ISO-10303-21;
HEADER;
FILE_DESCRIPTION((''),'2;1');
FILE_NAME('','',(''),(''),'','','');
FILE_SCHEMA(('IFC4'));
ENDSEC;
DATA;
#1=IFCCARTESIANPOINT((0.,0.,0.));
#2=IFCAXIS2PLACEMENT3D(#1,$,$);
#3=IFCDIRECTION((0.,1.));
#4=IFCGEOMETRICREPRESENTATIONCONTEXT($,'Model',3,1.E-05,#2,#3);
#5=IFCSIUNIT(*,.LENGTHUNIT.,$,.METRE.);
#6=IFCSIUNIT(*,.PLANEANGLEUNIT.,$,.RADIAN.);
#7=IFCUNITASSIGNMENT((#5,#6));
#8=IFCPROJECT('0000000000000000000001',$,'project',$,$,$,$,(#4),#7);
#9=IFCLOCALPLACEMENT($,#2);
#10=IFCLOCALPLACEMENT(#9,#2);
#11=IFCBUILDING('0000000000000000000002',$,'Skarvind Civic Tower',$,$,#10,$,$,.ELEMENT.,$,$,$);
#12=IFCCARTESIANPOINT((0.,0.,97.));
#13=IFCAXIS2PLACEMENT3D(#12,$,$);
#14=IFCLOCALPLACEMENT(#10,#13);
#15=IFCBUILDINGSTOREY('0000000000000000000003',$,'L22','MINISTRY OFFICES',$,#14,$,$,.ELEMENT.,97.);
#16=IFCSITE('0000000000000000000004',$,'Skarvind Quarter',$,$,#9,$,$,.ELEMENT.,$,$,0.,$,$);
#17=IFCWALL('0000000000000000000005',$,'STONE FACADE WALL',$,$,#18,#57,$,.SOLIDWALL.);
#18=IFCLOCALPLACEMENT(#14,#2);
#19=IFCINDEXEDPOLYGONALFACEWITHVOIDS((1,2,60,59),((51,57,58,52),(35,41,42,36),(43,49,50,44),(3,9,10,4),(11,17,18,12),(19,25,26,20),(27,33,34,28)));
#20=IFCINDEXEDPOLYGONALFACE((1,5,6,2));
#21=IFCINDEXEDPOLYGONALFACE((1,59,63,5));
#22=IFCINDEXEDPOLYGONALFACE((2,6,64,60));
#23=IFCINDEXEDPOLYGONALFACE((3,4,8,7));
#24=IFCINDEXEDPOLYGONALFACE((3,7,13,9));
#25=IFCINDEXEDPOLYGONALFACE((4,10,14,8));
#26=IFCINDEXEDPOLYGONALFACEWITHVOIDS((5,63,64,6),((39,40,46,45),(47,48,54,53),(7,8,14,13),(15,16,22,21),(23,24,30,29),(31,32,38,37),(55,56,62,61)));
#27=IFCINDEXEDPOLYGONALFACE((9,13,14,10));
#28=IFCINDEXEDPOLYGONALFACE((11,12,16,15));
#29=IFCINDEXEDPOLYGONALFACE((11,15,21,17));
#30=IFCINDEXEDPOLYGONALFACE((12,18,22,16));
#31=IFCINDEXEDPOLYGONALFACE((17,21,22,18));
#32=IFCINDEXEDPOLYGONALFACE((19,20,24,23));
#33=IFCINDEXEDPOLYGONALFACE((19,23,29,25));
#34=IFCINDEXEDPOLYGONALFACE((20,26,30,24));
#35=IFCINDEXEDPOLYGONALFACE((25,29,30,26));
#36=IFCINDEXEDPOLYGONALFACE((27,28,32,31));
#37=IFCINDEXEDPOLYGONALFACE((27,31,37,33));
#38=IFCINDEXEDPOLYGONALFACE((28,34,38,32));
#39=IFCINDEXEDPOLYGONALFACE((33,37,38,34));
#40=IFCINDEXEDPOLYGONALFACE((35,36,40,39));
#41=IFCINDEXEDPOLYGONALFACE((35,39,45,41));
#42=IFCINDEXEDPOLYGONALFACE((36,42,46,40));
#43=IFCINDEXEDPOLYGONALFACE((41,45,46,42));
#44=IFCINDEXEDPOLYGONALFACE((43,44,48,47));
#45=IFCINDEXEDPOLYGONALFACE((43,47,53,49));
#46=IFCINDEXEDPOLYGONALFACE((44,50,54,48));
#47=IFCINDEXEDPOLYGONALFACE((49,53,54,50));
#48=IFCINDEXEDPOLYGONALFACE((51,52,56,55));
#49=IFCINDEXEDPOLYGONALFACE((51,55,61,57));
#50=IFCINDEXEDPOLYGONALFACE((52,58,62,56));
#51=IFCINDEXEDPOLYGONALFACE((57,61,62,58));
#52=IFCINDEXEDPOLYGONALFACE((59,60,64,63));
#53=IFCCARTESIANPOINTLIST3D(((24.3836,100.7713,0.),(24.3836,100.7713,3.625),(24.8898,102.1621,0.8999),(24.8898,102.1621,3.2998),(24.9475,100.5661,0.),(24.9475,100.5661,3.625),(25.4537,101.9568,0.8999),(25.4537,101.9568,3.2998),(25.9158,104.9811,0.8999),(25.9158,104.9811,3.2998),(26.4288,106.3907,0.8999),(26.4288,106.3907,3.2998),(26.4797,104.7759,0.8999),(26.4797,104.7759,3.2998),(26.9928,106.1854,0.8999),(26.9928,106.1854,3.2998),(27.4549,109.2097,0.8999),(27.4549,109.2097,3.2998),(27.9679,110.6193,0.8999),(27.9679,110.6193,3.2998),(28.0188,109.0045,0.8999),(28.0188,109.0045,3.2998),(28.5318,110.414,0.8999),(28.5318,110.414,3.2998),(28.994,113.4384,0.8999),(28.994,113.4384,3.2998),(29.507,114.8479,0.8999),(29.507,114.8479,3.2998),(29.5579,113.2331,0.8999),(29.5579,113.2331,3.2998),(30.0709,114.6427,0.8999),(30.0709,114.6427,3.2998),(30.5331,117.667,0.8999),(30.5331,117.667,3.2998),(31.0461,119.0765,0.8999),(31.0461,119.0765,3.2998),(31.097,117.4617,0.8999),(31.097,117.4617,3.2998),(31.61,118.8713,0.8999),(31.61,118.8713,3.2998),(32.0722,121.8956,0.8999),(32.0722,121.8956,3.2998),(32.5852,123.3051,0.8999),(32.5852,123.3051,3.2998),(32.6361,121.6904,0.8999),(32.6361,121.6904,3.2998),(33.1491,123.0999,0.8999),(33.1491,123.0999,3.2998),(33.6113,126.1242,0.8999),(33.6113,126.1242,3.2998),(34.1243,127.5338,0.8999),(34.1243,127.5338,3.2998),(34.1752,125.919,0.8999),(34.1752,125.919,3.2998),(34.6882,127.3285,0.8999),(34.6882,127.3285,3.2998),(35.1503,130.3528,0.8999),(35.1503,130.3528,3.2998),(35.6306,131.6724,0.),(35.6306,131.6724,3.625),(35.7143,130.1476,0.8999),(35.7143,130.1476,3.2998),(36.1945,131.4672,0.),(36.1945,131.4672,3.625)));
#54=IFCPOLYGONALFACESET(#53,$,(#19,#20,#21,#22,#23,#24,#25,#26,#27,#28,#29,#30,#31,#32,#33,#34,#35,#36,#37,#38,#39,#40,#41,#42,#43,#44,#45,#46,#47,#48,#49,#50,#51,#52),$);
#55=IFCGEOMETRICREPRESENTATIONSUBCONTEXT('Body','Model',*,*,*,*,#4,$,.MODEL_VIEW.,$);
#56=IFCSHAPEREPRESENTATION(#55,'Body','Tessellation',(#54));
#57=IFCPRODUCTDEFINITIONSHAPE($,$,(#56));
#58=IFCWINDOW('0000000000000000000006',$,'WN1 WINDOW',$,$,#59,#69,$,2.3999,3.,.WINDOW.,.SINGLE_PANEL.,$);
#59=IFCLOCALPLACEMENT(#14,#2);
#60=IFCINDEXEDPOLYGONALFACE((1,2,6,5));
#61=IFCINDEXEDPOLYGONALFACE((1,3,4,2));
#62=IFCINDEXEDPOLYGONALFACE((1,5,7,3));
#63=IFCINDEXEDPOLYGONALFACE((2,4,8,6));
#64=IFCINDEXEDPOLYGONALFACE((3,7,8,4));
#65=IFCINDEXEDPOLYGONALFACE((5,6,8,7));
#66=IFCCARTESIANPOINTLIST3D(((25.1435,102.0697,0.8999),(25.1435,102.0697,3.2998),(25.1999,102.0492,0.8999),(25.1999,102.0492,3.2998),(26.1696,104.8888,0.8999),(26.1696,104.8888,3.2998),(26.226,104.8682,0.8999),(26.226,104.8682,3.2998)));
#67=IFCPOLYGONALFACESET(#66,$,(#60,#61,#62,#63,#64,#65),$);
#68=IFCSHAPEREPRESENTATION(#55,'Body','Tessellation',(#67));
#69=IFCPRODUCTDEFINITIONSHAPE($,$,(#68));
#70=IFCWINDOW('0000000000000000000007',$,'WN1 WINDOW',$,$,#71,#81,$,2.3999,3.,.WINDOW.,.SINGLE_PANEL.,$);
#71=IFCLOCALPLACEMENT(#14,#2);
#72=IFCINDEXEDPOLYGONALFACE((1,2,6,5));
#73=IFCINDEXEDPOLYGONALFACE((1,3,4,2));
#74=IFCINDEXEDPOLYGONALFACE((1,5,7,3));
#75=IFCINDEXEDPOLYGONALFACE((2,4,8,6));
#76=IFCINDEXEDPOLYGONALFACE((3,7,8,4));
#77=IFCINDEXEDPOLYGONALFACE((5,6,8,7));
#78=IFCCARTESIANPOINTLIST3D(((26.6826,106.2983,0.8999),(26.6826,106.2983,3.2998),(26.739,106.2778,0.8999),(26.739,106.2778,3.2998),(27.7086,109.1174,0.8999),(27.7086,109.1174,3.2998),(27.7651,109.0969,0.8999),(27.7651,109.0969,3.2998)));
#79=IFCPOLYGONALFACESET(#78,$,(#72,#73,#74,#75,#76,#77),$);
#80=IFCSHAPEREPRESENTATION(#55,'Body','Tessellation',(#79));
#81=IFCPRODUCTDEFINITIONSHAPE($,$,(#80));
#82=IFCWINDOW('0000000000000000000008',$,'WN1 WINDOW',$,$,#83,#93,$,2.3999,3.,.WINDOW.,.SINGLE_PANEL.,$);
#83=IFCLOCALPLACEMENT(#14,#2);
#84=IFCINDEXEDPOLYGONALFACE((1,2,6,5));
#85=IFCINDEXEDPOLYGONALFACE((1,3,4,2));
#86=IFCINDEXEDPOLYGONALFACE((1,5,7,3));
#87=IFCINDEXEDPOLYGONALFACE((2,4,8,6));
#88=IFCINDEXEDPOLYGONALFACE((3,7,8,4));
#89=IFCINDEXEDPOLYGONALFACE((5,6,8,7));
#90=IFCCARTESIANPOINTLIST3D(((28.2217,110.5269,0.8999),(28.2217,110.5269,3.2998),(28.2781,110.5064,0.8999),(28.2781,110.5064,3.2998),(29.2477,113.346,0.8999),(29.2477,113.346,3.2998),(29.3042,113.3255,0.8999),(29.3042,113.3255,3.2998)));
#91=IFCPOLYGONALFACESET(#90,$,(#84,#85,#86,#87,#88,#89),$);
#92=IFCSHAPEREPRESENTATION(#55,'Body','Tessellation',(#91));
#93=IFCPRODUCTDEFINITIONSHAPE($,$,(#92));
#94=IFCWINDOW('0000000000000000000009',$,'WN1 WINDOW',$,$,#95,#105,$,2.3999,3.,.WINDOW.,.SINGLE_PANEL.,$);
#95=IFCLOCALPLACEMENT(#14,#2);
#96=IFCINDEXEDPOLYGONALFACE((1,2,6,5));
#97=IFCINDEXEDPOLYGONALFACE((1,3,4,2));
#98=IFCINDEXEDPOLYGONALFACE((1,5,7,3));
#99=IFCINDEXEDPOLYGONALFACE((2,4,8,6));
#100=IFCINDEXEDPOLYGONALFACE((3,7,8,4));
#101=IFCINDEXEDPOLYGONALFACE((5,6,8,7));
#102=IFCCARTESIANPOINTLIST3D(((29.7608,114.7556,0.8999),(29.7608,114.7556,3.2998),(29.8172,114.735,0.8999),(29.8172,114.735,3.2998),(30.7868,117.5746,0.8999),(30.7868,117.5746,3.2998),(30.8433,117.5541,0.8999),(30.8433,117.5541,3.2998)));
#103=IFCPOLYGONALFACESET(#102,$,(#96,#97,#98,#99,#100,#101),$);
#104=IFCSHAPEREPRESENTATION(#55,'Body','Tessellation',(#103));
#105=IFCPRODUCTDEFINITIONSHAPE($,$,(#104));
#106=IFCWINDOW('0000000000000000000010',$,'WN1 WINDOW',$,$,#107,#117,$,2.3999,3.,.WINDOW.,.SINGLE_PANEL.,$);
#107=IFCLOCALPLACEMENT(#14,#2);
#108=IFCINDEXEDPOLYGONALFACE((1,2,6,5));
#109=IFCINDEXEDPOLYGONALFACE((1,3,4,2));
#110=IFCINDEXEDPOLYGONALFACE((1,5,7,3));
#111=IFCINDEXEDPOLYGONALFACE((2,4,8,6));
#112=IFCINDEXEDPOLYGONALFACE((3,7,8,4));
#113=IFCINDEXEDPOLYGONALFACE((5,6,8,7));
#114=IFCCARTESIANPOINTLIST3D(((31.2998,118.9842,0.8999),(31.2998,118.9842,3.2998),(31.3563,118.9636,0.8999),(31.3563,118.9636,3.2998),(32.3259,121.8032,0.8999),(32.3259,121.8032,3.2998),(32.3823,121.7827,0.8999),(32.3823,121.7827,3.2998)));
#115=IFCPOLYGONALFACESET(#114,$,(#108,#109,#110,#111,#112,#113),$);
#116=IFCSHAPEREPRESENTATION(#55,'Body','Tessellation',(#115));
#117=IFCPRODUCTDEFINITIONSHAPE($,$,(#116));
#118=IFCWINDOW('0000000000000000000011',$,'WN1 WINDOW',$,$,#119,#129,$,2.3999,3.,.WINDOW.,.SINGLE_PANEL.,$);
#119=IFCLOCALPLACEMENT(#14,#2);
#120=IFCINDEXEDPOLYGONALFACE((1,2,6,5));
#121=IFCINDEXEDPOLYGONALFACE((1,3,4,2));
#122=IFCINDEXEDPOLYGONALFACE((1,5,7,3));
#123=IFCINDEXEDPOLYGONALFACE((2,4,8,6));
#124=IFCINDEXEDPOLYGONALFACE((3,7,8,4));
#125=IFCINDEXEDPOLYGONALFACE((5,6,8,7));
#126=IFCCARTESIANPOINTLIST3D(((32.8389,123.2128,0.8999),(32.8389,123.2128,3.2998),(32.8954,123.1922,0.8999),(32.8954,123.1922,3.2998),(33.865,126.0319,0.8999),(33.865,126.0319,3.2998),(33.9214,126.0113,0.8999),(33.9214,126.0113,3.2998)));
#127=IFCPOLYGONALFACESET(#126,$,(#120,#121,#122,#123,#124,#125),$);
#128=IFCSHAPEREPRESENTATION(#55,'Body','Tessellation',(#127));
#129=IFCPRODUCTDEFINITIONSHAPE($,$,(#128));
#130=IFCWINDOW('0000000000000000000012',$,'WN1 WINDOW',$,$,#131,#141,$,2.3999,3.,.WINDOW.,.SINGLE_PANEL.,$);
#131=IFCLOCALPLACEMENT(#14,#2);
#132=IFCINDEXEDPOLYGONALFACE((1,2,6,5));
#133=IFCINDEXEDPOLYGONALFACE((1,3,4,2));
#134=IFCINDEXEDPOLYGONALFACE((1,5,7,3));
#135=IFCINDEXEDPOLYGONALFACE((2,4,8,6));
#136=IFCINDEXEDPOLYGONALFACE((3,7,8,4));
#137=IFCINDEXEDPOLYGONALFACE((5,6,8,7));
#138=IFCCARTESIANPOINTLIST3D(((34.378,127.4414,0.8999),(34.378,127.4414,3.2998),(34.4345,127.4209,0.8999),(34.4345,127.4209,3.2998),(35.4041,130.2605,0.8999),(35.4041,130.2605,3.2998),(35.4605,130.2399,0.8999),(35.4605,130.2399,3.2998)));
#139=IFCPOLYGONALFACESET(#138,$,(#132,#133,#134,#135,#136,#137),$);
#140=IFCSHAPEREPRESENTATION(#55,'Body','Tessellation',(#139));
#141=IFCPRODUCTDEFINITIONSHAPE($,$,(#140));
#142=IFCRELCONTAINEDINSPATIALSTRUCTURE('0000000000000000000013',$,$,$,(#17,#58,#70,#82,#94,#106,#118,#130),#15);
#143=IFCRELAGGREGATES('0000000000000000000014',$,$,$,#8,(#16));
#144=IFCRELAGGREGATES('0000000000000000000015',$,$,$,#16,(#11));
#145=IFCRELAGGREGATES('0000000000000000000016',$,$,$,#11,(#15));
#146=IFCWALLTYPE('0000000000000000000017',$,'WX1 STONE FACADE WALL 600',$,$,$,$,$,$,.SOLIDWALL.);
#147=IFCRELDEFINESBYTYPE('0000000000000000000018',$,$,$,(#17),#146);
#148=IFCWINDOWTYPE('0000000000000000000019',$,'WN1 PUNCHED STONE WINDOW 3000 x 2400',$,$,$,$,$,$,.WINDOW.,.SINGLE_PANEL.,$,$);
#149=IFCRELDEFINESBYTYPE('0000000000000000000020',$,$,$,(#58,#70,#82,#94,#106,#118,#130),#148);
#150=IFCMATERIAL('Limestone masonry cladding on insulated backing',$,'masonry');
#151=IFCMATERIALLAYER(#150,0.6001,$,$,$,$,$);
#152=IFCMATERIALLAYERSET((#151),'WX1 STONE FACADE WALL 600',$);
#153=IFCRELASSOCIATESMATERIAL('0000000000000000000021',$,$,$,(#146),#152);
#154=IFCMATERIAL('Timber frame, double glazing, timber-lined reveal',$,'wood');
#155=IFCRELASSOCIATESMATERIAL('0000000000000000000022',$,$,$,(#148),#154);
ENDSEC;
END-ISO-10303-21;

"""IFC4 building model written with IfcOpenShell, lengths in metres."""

from ifc_helpers import new_model, si_unit, direction, frame, frame_2d, origin, place, context, subcontext, project, spatial, rectangle, extrude, material, layer, layer_set, type_object, element, fill, save


model = new_model("IFC4")

# Units and contexts
model_context = context("Model", 3, precision=1e-05, world=origin(), true_north=direction((0.0, 1.0)))
body_context = subcontext(model_context, "Body", "Model", "MODEL_VIEW")
ifc_project = project(units=[si_unit("LENGTHUNIT", "METRE"), si_unit("PLANEANGLEUNIT", "RADIAN")], contexts=[model_context])

# Site, building, storey
site_placement = place(None, origin())
site = spatial("IfcSite", under=ifc_project, at=site_placement, Name="Skarvind Quarter", CompositionType="ELEMENT", RefElevation=0.0)
building_placement = place(site_placement, origin())
building = spatial("IfcBuilding", under=site, at=building_placement, Name="Skarvind Civic Tower", CompositionType="ELEMENT")
storey_placement = place(building_placement, frame((0.0, 0.0, 97.0)))
storey = spatial("IfcBuildingStorey", under=building, at=storey_placement, Name="L22", Description="MINISTRY OFFICES", CompositionType="ELEMENT", Elevation=97.0)

# Wall, openings, windows
ifc_material_1 = material(Name="Limestone masonry cladding on insulated backing", Category="masonry")
ifc_layer_1 = layer(ifc_material_1, 0.6001)
ifc_layer_set_1 = layer_set([ifc_layer_1], Name="WX1 STONE FACADE WALL 600")
wall_type_1 = type_object("IfcWallType", Name="WX1 STONE FACADE WALL 600", PredefinedType="SOLIDWALL", material=ifc_layer_set_1)
wall_1_placement = place(storey_placement, frame((24.6655, 100.6687, 0.0), z_axis=(0.0, 0.0, 1.0), x_axis=(0.34202, 0.939693, 0.0)))
wall_1 = element("IfcWall", 1, at=wall_1_placement, inside=storey, type_object=wall_type_1, Name="STONE FACADE WALL", PredefinedType="SOLIDWALL", context=body_context, shape_type="SweptSolid", body=[
    extrude(rectangle(XDim=32.8843, YDim=0.6001, at=frame_2d((16.4421, 0.0))), origin(), (0.0, 0.0, 1.0), 3.625),
])
opening_1_placement = place(wall_1_placement, frame((1.48, 0.0, 0.8999)))
opening_1 = element("IfcOpeningElement", 2, at=opening_1_placement, cuts=wall_1, PredefinedType="OPENING", context=body_context, shape_type="SweptSolid", body=[
    extrude(rectangle(XDim=3.0, YDim=2.3999, at=frame_2d((1.5, 1.2))), frame((0.0, 0.3101, 0.0), z_axis=(0.0, -1.0, 0.0), x_axis=(1.0, 0.0, 0.0)), (0.0, 0.0, 1.0), 0.6201),
])
opening_2_placement = place(wall_1_placement, frame((5.98, 0.0, 0.8999)))
opening_2 = element("IfcOpeningElement", 3, at=opening_2_placement, cuts=wall_1, PredefinedType="OPENING", context=body_context, shape_type="SweptSolid", body=[
    extrude(rectangle(XDim=3.0, YDim=2.3999, at=frame_2d((1.5, 1.2))), frame((0.0, 0.3101, 0.0), z_axis=(0.0, -1.0, 0.0), x_axis=(1.0, 0.0, 0.0)), (0.0, 0.0, 1.0), 0.6201),
])
opening_3_placement = place(wall_1_placement, frame((10.48, 0.0, 0.8999)))
opening_3 = element("IfcOpeningElement", 4, at=opening_3_placement, cuts=wall_1, PredefinedType="OPENING", context=body_context, shape_type="SweptSolid", body=[
    extrude(rectangle(XDim=3.0, YDim=2.3999, at=frame_2d((1.5, 1.2))), frame((0.0, 0.3101, 0.0), z_axis=(0.0, -1.0, 0.0), x_axis=(1.0, 0.0, 0.0)), (0.0, 0.0, 1.0), 0.6201),
])
opening_4_placement = place(wall_1_placement, frame((14.98, 0.0, 0.8999)))
opening_4 = element("IfcOpeningElement", 5, at=opening_4_placement, cuts=wall_1, PredefinedType="OPENING", context=body_context, shape_type="SweptSolid", body=[
    extrude(rectangle(XDim=3.0, YDim=2.3999, at=frame_2d((1.5, 1.2))), frame((0.0, 0.3101, 0.0), z_axis=(0.0, -1.0, 0.0), x_axis=(1.0, 0.0, 0.0)), (0.0, 0.0, 1.0), 0.6201),
])
opening_5_placement = place(wall_1_placement, frame((19.48, 0.0, 0.8999)))
opening_5 = element("IfcOpeningElement", 6, at=opening_5_placement, cuts=wall_1, PredefinedType="OPENING", context=body_context, shape_type="SweptSolid", body=[
    extrude(rectangle(XDim=3.0, YDim=2.3999, at=frame_2d((1.5, 1.2))), frame((0.0, 0.3101, 0.0), z_axis=(0.0, -1.0, 0.0), x_axis=(1.0, 0.0, 0.0)), (0.0, 0.0, 1.0), 0.6201),
])
opening_6_placement = place(wall_1_placement, frame((23.98, 0.0, 0.8999)))
opening_6 = element("IfcOpeningElement", 7, at=opening_6_placement, cuts=wall_1, PredefinedType="OPENING", context=body_context, shape_type="SweptSolid", body=[
    extrude(rectangle(XDim=3.0, YDim=2.3999, at=frame_2d((1.5, 1.2))), frame((0.0, 0.3101, 0.0), z_axis=(0.0, -1.0, 0.0), x_axis=(1.0, 0.0, 0.0)), (0.0, 0.0, 1.0), 0.6201),
])
opening_7_placement = place(wall_1_placement, frame((28.48, 0.0, 0.8999)))
opening_7 = element("IfcOpeningElement", 8, at=opening_7_placement, cuts=wall_1, PredefinedType="OPENING", context=body_context, shape_type="SweptSolid", body=[
    extrude(rectangle(XDim=3.0, YDim=2.3999, at=frame_2d((1.5, 1.2))), frame((0.0, 0.3101, 0.0), z_axis=(0.0, -1.0, 0.0), x_axis=(1.0, 0.0, 0.0)), (0.0, 0.0, 1.0), 0.6201),
])
ifc_material_2 = material(Name="Timber frame, double glazing, timber-lined reveal", Category="wood")
window_type = type_object("IfcWindowType", Name="WN1 PUNCHED STONE WINDOW 3000 x 2400", PartitioningType="SINGLE_PANEL", PredefinedType="WINDOW", material=ifc_material_2)
window_1_placement = place(opening_1_placement, origin())
window_1 = element("IfcWindow", 9, at=window_1_placement, inside=storey, type_object=window_type, Name="WN1 WINDOW", OverallHeight=2.3999, OverallWidth=3.0, PartitioningType="SINGLE_PANEL", PredefinedType="WINDOW", context=body_context, shape_type="SweptSolid", body=[
    extrude(rectangle(XDim=3.0, YDim=2.3999, at=frame_2d((1.5, 1.2))), frame((0.0, 0.03, 0.0), z_axis=(0.0, -1.0, 0.0), x_axis=(1.0, 0.0, 0.0)), (0.0, 0.0, 1.0), 0.0601),
])
fill(opening_1, window_1)
window_2_placement = place(opening_2_placement, origin())
window_2 = element("IfcWindow", 10, at=window_2_placement, inside=storey, type_object=window_type, Name="WN1 WINDOW", OverallHeight=2.3999, OverallWidth=3.0, PartitioningType="SINGLE_PANEL", PredefinedType="WINDOW", context=body_context, shape_type="SweptSolid", body=[
    extrude(rectangle(XDim=3.0, YDim=2.3999, at=frame_2d((1.5, 1.2))), frame((0.0, 0.03, 0.0), z_axis=(0.0, -1.0, 0.0), x_axis=(1.0, 0.0, 0.0)), (0.0, 0.0, 1.0), 0.0601),
])
fill(opening_2, window_2)
window_3_placement = place(opening_3_placement, origin())
window_3 = element("IfcWindow", 11, at=window_3_placement, inside=storey, type_object=window_type, Name="WN1 WINDOW", OverallHeight=2.3999, OverallWidth=3.0, PartitioningType="SINGLE_PANEL", PredefinedType="WINDOW", context=body_context, shape_type="SweptSolid", body=[
    extrude(rectangle(XDim=3.0, YDim=2.3999, at=frame_2d((1.5, 1.2))), frame((0.0, 0.03, 0.0), z_axis=(0.0, -1.0, 0.0), x_axis=(1.0, 0.0, 0.0)), (0.0, 0.0, 1.0), 0.0601),
])
fill(opening_3, window_3)
window_4_placement = place(opening_4_placement, origin())
window_4 = element("IfcWindow", 12, at=window_4_placement, inside=storey, type_object=window_type, Name="WN1 WINDOW", OverallHeight=2.3999, OverallWidth=3.0, PartitioningType="SINGLE_PANEL", PredefinedType="WINDOW", context=body_context, shape_type="SweptSolid", body=[
    extrude(rectangle(XDim=3.0, YDim=2.3999, at=frame_2d((1.5, 1.2))), frame((0.0, 0.03, 0.0), z_axis=(0.0, -1.0, 0.0), x_axis=(1.0, 0.0, 0.0)), (0.0, 0.0, 1.0), 0.0601),
])
fill(opening_4, window_4)
window_5_placement = place(opening_5_placement, origin())
window_5 = element("IfcWindow", 13, at=window_5_placement, inside=storey, type_object=window_type, Name="WN1 WINDOW", OverallHeight=2.3999, OverallWidth=3.0, PartitioningType="SINGLE_PANEL", PredefinedType="WINDOW", context=body_context, shape_type="SweptSolid", body=[
    extrude(rectangle(XDim=3.0, YDim=2.3999, at=frame_2d((1.5, 1.2))), frame((0.0, 0.03, 0.0), z_axis=(0.0, -1.0, 0.0), x_axis=(1.0, 0.0, 0.0)), (0.0, 0.0, 1.0), 0.0601),
])
fill(opening_5, window_5)
window_6_placement = place(opening_6_placement, origin())
window_6 = element("IfcWindow", 14, at=window_6_placement, inside=storey, type_object=window_type, Name="WN1 WINDOW", OverallHeight=2.3999, OverallWidth=3.0, PartitioningType="SINGLE_PANEL", PredefinedType="WINDOW", context=body_context, shape_type="SweptSolid", body=[
    extrude(rectangle(XDim=3.0, YDim=2.3999, at=frame_2d((1.5, 1.2))), frame((0.0, 0.03, 0.0), z_axis=(0.0, -1.0, 0.0), x_axis=(1.0, 0.0, 0.0)), (0.0, 0.0, 1.0), 0.0601),
])
fill(opening_6, window_6)
window_7_placement = place(opening_7_placement, origin())
window_7 = element("IfcWindow", 15, at=window_7_placement, inside=storey, type_object=window_type, Name="WN1 WINDOW", OverallHeight=2.3999, OverallWidth=3.0, PartitioningType="SINGLE_PANEL", PredefinedType="WINDOW", context=body_context, shape_type="SweptSolid", body=[
    extrude(rectangle(XDim=3.0, YDim=2.3999, at=frame_2d((1.5, 1.2))), frame((0.0, 0.03, 0.0), z_axis=(0.0, -1.0, 0.0), x_axis=(1.0, 0.0, 0.0)), (0.0, 0.0, 1.0), 0.0601),
])
fill(opening_7, window_7)

save(model, "model.ifc")
